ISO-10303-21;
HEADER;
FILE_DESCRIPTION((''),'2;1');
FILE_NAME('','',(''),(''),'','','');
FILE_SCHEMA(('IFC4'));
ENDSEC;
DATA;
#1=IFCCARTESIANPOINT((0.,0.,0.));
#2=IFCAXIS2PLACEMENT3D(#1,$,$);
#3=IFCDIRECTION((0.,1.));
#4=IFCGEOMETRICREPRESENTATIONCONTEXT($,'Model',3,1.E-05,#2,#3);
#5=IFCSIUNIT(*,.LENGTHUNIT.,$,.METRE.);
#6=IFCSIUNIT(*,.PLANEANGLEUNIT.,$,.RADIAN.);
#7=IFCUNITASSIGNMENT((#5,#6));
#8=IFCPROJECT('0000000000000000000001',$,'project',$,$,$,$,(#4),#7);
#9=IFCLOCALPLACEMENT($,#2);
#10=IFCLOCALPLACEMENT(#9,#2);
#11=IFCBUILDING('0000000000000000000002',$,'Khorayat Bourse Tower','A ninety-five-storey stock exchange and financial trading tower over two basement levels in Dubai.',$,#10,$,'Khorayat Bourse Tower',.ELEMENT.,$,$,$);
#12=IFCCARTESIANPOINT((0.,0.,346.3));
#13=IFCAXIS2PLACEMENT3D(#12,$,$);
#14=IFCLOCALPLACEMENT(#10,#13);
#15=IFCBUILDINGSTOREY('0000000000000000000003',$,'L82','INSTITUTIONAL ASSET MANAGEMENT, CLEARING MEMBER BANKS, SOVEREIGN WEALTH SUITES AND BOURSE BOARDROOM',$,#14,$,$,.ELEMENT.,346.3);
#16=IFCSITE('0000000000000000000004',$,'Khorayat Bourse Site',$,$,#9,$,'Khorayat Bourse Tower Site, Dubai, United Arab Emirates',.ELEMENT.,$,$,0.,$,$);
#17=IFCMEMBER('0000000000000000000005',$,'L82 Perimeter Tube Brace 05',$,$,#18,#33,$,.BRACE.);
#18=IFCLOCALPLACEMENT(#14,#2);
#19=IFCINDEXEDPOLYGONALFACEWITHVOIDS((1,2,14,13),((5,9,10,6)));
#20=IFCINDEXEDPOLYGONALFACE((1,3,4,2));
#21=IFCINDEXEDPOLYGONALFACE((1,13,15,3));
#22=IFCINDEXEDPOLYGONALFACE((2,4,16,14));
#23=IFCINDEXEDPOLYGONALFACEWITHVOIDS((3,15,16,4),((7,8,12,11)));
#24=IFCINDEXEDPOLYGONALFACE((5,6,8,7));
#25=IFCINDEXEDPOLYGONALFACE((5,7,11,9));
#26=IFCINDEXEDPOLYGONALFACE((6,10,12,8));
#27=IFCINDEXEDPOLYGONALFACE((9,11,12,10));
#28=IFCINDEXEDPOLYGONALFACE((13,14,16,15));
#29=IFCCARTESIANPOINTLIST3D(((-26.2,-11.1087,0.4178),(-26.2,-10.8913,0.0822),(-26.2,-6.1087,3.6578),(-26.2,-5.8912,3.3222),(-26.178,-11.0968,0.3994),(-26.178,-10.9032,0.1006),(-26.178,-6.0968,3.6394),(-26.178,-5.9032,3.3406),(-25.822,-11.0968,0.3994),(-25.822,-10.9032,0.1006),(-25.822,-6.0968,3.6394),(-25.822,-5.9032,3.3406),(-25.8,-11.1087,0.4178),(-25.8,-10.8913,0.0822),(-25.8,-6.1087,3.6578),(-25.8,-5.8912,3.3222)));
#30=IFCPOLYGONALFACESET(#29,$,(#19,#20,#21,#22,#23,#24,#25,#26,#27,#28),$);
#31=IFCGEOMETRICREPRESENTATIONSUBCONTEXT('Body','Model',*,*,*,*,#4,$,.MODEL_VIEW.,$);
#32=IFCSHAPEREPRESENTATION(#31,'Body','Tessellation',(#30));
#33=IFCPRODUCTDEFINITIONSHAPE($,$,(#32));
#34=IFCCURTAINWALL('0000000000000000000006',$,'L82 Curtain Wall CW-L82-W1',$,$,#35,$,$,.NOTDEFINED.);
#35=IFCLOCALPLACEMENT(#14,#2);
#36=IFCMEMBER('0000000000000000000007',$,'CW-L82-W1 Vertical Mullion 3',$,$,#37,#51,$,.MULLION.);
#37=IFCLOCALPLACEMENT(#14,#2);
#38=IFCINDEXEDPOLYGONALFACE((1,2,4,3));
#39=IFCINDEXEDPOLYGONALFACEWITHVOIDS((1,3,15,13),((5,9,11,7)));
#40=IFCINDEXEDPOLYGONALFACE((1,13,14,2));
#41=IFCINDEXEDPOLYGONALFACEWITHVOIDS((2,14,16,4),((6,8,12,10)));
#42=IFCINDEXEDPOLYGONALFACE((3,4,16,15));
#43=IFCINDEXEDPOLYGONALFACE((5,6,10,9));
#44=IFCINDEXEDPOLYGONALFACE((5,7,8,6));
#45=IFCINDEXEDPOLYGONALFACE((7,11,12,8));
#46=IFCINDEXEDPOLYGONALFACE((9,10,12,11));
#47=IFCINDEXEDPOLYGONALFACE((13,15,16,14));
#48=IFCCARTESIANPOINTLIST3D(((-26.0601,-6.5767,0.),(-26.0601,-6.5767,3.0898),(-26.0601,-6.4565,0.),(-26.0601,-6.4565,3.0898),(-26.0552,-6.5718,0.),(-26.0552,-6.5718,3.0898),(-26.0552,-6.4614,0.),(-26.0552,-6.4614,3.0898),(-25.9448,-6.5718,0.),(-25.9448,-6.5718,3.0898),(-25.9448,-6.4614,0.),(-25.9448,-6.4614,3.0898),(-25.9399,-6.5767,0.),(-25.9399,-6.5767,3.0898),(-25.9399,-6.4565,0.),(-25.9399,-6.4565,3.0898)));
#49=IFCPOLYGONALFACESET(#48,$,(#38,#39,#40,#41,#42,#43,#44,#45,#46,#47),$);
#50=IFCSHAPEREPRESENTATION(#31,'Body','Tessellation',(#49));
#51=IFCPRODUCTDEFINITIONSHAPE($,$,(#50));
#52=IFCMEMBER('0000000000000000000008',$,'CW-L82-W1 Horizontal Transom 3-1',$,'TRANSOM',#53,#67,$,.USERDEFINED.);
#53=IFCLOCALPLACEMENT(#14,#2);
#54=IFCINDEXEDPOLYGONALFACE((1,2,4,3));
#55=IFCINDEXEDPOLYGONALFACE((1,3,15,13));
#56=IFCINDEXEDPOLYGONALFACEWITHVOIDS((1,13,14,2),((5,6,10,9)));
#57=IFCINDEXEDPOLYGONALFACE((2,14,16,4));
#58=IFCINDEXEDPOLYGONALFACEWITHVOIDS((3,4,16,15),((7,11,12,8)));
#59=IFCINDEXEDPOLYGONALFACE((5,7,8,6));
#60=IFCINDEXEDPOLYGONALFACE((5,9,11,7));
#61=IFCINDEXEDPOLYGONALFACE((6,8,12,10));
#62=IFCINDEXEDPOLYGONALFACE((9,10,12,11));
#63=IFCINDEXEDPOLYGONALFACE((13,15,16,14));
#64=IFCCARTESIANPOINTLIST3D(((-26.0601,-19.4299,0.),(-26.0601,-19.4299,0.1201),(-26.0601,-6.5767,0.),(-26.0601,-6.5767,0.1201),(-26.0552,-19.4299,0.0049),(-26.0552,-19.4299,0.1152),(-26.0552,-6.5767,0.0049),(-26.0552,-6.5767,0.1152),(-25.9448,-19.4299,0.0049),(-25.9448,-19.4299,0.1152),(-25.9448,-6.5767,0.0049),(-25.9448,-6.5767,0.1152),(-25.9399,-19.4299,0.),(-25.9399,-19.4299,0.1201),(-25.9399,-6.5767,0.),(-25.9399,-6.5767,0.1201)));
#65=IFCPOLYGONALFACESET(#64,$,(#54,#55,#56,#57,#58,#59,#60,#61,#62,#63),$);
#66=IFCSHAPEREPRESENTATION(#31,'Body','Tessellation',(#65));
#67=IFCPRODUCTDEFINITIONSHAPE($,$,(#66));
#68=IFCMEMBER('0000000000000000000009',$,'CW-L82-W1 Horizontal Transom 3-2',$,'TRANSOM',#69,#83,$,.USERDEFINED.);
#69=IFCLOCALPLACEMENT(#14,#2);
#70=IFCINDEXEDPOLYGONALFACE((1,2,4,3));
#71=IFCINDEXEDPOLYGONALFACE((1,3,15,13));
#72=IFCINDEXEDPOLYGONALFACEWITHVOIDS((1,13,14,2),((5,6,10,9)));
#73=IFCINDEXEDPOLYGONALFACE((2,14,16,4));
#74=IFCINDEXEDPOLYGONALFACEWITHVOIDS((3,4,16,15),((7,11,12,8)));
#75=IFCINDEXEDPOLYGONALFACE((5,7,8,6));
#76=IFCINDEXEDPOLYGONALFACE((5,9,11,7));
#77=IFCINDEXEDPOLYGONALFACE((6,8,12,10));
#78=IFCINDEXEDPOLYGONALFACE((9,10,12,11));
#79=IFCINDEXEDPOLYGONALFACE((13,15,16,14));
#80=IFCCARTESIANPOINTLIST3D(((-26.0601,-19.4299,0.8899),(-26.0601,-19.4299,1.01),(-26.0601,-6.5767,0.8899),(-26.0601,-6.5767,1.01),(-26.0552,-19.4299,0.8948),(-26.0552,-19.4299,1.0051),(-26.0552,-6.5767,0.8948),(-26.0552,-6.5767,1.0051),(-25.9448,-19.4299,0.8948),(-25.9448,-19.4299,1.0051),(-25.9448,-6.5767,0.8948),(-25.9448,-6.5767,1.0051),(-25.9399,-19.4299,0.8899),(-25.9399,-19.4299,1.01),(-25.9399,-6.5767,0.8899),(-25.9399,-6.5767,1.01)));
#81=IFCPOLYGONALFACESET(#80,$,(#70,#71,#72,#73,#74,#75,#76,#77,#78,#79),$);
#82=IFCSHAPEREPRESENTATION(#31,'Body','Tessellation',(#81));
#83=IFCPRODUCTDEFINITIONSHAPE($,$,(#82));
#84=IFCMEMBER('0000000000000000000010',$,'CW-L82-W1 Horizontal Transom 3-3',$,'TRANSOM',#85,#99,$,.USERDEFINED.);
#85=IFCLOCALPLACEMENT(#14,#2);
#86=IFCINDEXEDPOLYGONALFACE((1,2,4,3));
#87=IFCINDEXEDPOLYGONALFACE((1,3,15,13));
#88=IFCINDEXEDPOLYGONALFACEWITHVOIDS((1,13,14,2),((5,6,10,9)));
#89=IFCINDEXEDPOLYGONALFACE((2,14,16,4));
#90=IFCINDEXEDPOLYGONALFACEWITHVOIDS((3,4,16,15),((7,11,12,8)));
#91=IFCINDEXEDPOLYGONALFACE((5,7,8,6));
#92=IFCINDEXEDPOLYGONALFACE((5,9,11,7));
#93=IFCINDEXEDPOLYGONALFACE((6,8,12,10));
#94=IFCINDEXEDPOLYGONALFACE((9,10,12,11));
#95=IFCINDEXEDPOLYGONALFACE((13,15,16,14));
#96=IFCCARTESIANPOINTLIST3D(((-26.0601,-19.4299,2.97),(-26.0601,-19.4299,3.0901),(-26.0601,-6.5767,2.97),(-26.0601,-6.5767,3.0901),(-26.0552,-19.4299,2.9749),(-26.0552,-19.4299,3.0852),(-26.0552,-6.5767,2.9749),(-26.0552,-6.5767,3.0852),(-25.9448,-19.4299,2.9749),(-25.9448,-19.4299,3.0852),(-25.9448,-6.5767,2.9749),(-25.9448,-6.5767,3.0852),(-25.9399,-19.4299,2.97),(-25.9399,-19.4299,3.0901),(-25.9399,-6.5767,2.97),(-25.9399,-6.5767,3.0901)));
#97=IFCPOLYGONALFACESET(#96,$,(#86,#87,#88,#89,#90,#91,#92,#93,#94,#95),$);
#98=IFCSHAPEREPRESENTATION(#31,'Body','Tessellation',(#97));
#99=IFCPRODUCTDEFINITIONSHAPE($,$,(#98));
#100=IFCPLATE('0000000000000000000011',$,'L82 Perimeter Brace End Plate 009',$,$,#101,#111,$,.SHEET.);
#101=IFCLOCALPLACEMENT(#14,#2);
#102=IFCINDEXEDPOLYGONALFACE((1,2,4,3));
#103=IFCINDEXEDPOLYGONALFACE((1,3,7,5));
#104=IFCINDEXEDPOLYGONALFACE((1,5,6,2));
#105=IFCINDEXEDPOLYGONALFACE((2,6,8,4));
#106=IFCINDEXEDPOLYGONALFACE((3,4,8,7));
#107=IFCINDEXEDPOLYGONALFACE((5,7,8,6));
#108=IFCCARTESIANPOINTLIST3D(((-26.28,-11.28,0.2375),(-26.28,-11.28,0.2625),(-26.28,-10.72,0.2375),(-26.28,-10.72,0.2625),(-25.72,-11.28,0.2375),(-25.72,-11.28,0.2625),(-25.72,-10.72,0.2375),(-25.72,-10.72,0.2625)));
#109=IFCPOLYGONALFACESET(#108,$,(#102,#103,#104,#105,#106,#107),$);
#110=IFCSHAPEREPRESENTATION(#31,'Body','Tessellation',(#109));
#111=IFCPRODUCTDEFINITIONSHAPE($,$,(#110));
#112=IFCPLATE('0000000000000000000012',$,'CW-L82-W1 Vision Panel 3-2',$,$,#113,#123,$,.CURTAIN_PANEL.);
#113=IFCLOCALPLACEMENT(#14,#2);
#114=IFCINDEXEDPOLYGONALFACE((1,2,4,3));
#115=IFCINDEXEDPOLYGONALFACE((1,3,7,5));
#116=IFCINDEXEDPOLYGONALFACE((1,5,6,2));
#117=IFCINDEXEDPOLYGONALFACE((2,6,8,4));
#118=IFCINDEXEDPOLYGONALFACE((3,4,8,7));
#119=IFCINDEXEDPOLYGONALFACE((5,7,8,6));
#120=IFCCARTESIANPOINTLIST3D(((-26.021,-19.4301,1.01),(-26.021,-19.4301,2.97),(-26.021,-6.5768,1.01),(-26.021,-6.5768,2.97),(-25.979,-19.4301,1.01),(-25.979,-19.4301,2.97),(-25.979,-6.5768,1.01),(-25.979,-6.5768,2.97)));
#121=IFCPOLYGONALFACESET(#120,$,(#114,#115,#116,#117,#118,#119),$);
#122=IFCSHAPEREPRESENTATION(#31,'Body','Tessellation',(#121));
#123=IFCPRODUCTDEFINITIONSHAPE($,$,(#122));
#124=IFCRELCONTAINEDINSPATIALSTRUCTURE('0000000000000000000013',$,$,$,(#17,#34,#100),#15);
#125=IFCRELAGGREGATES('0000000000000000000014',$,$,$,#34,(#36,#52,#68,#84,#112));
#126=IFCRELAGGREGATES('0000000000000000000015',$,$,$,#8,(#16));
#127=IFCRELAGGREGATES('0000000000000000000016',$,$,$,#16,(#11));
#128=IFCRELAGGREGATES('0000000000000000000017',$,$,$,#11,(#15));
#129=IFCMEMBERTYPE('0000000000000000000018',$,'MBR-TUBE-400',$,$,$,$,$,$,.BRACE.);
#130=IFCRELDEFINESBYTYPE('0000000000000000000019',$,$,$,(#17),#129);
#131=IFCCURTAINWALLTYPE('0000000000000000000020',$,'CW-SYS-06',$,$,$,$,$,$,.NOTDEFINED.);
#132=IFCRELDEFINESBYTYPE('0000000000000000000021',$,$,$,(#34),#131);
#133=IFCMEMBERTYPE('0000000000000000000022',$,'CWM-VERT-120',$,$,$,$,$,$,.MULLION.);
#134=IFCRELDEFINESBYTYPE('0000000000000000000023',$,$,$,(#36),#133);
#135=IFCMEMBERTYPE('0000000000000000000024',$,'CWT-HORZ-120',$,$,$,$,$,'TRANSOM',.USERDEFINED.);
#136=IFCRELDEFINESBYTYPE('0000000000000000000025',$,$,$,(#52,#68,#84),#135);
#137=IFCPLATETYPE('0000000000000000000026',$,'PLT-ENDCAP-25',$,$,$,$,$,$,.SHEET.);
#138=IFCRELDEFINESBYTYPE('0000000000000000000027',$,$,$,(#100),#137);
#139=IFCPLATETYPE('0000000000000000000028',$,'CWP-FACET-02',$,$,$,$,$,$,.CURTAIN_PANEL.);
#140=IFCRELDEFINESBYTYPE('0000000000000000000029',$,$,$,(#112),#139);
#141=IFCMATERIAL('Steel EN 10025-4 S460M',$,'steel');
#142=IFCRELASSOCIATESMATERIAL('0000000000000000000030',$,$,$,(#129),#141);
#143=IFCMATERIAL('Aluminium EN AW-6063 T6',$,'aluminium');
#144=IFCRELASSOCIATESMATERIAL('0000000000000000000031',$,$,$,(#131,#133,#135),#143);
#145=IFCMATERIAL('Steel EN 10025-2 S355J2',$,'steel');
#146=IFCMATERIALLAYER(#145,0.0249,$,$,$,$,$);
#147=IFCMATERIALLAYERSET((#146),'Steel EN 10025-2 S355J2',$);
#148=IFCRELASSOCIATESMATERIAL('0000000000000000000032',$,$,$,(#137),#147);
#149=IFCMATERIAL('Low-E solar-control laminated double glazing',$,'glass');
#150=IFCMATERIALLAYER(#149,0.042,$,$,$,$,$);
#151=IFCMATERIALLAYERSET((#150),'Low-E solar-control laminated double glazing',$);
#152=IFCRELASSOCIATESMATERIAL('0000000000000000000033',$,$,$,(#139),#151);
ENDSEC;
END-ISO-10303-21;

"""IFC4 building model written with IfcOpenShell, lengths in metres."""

from ifc_helpers import new_model, si_unit, direction, frame, origin, origin_2d, place, context, subcontext, project, spatial, rectangle, hollow_rectangle, extrude, source, transform, mapped, material, layer, layer_set, material_profile, profile_set, type_object, element, aggregate, save


model = new_model("IFC4")

# Units and contexts
model_context = context("Model", 3, precision=1e-05, world=origin(), true_north=direction((0.0, 1.0)))
body_context = subcontext(model_context, "Body", "Model", "MODEL_VIEW")
ifc_project = project(units=[si_unit("LENGTHUNIT", "METRE"), si_unit("PLANEANGLEUNIT", "RADIAN")], contexts=[model_context])

# Site, building, storey
site_placement = place(None, origin())
site = spatial("IfcSite", under=ifc_project, at=site_placement, Name="Khorayat Bourse Site", LongName="Khorayat Bourse Tower Site, Dubai, United Arab Emirates", CompositionType="ELEMENT", RefElevation=0.0)
building_placement = place(site_placement, origin())
building = spatial("IfcBuilding", under=site, at=building_placement, Name="Khorayat Bourse Tower", Description="A ninety-five-storey stock exchange and financial trading tower over two basement levels in Dubai.", LongName="Khorayat Bourse Tower", CompositionType="ELEMENT")
storey_placement = place(building_placement, frame((0.0, 0.0, 346.3)))
storey = spatial("IfcBuildingStorey", under=building, at=storey_placement, Name="L82", Description="INSTITUTIONAL ASSET MANAGEMENT, CLEARING MEMBER BANKS, SOVEREIGN WEALTH SUITES AND BOURSE BOARDROOM", CompositionType="ELEMENT", Elevation=346.3)

# Shared definitions
ifc_material_1 = material(Name="Steel EN 10025-2 S355J2", Category="steel")

# Member
ifc_material_2 = material(Name="Steel EN 10025-4 S460M", Category="steel")
ifc_material_profile_1 = material_profile(ifc_material_2, hollow_rectangle(XDim=0.3999, YDim=0.3999, WallThickness=0.022, at=origin_2d()), Name="HSS 400x400x22")
ifc_profile_set_1 = profile_set([ifc_material_profile_1], Name="Steel EN 10025-4 S460M")
member_type_1 = type_object("IfcMemberType", Name="MBR-TUBE-400", PredefinedType="BRACE", material=ifc_profile_set_1)
shared_shape_1 = source(origin(), body_context, "Body", "SweptSolid", [
    extrude(hollow_rectangle(XDim=0.3999, YDim=0.3999, WallThickness=0.022, at=origin_2d()), origin(), (0.0, 0.0, 1.0), 5.958),
])
member_1_placement = place(storey_placement, frame((-26.0, -11.0, 0.25), z_axis=(0.0, 0.83921, 0.543807), x_axis=(-1.0, 0.0, 0.0)))
element("IfcMember", 1, at=member_1_placement, inside=storey, type_object=member_type_1, Name="L82 Perimeter Tube Brace 05", PredefinedType="BRACE", context=body_context, shape_type="MappedRepresentation", body=[
    mapped(shared_shape_1, transform((0.0, 0.0, 0.0), scale=1.0)),
])

# Curtain wall, members
ifc_material_3 = material(Name="Aluminium EN AW-6063 T6", Category="aluminium")
curtain_wall_type = type_object("IfcCurtainWallType", Name="CW-SYS-06", PredefinedType="NOTDEFINED", material=ifc_material_3)
curtain_wall_placement = place(storey_placement, origin())
curtain_wall = element("IfcCurtainWall", 2, at=curtain_wall_placement, inside=storey, type_object=curtain_wall_type, Name="L82 Curtain Wall CW-L82-W1", PredefinedType="NOTDEFINED")
ifc_material_profile_2 = material_profile(ifc_material_3, hollow_rectangle(XDim=0.1201, YDim=0.1201, WallThickness=0.0049, at=origin_2d()), Name="ALU 120x120x5")
ifc_profile_set_2 = profile_set([ifc_material_profile_2], Name="Aluminium EN AW-6063 T6")
member_type_2 = type_object("IfcMemberType", Name="CWM-VERT-120", PredefinedType="MULLION", material=ifc_profile_set_2)
shared_shape_2 = source(origin(), body_context, "Body", "SweptSolid", [
    extrude(hollow_rectangle(XDim=0.1201, YDim=0.1201, WallThickness=0.0049, at=origin_2d()), origin(), (0.0, 0.0, 1.0), 3.0898),
])
member_2_placement = place(storey_placement, frame((-26.0, -6.5166, 0.0), z_axis=(0.0, 0.0, 1.0), x_axis=(1.0, 0.0, 0.0)))
member_2 = element("IfcMember", 3, at=member_2_placement, type_object=member_type_2, Name="CW-L82-W1 Vertical Mullion 3", PredefinedType="MULLION", context=body_context, shape_type="MappedRepresentation", body=[
    mapped(shared_shape_2, transform((0.0, 0.0, 0.0), scale=1.0)),
])
ifc_material_profile_3 = material_profile(ifc_material_3, hollow_rectangle(XDim=0.1201, YDim=0.1201, WallThickness=0.0049, at=origin_2d()), Name="ALU 120x120x5")
ifc_profile_set_3 = profile_set([ifc_material_profile_3], Name="Aluminium EN AW-6063 T6")
member_type_3 = type_object("IfcMemberType", Name="CWT-HORZ-120", ElementType="TRANSOM", PredefinedType="USERDEFINED", material=ifc_profile_set_3)
shared_shape_3 = source(origin(), body_context, "Body", "SweptSolid", [
    extrude(hollow_rectangle(XDim=0.1201, YDim=0.1201, WallThickness=0.0049, at=origin_2d()), origin(), (0.0, 0.0, 1.0), 12.8533),
])
member_3_placement = place(storey_placement, frame((-26.0, -6.5767, 0.0601), z_axis=(0.0, -1.0, 0.0), x_axis=(1.0, 0.0, 0.0)))
member_3 = element("IfcMember", 4, at=member_3_placement, type_object=member_type_3, Name="CW-L82-W1 Horizontal Transom 3-1", ObjectType="TRANSOM", PredefinedType="USERDEFINED", context=body_context, shape_type="MappedRepresentation", body=[
    mapped(shared_shape_3, transform((0.0, 0.0, 0.0), scale=1.0)),
])
member_4_placement = place(storey_placement, frame((-26.0, -6.5767, 0.95), z_axis=(0.0, -1.0, 0.0), x_axis=(1.0, 0.0, 0.0)))
member_4 = element("IfcMember", 5, at=member_4_placement, type_object=member_type_3, Name="CW-L82-W1 Horizontal Transom 3-2", ObjectType="TRANSOM", PredefinedType="USERDEFINED", context=body_context, shape_type="MappedRepresentation", body=[
    mapped(shared_shape_3, transform((0.0, 0.0, 0.0), scale=1.0)),
])
member_5_placement = place(storey_placement, frame((-26.0, -6.5767, 3.03), z_axis=(0.0, -1.0, 0.0), x_axis=(1.0, 0.0, 0.0)))
member_5 = element("IfcMember", 6, at=member_5_placement, type_object=member_type_3, Name="CW-L82-W1 Horizontal Transom 3-3", ObjectType="TRANSOM", PredefinedType="USERDEFINED", context=body_context, shape_type="MappedRepresentation", body=[
    mapped(shared_shape_3, transform((0.0, 0.0, 0.0), scale=1.0)),
])

# Plates
ifc_layer_1 = layer(ifc_material_1, 0.0249)
ifc_layer_set_1 = layer_set([ifc_layer_1], Name="Steel EN 10025-2 S355J2")
plate_type_1 = type_object("IfcPlateType", Name="PLT-ENDCAP-25", PredefinedType="SHEET", material=ifc_layer_set_1)
shared_shape_4 = source(origin(), body_context, "Body", "SweptSolid", [
    extrude(rectangle(XDim=0.5601, YDim=0.5601, at=origin_2d()), origin(), (0.0, 0.0, 1.0), 0.0249),
])
plate_1_placement = place(storey_placement, frame((-26.0, -11.0, 0.2375), z_axis=(0.0, 0.0, 1.0), x_axis=(1.0, 0.0, 0.0)))
element("IfcPlate", 7, at=plate_1_placement, inside=storey, type_object=plate_type_1, Name="L82 Perimeter Brace End Plate 009", PredefinedType="SHEET", context=body_context, shape_type="MappedRepresentation", body=[
    mapped(shared_shape_4, transform((0.0, 0.0, 0.0), scale=1.0)),
])
ifc_material_4 = material(Name="Low-E solar-control laminated double glazing", Category="glass")
ifc_layer_2 = layer(ifc_material_4, 0.042)
ifc_layer_set_2 = layer_set([ifc_layer_2], Name="Low-E solar-control laminated double glazing")
plate_type_2 = type_object("IfcPlateType", Name="CWP-FACET-02", PredefinedType="CURTAIN_PANEL", material=ifc_layer_set_2)
shared_shape_5 = source(origin(), body_context, "Body", "SweptSolid", [
    extrude(rectangle(XDim=12.8533, YDim=0.042, at=origin_2d()), origin(), (0.0, 0.0, 1.0), 1.96),
])
plate_2_placement = place(storey_placement, frame((-26.0, -13.0034, 1.01), z_axis=(0.0, 0.0, 1.0), x_axis=(0.0, -1.0, 0.0)))
plate_2 = element("IfcPlate", 8, at=plate_2_placement, type_object=plate_type_2, Name="CW-L82-W1 Vision Panel 3-2", PredefinedType="CURTAIN_PANEL", context=body_context, shape_type="MappedRepresentation", body=[
    mapped(shared_shape_5, transform((0.0, 0.0, 0.0), scale=1.0)),
])
aggregate(curtain_wall, [member_2, member_3, member_4, member_5, plate_2])

save(model, "model.ifc")
